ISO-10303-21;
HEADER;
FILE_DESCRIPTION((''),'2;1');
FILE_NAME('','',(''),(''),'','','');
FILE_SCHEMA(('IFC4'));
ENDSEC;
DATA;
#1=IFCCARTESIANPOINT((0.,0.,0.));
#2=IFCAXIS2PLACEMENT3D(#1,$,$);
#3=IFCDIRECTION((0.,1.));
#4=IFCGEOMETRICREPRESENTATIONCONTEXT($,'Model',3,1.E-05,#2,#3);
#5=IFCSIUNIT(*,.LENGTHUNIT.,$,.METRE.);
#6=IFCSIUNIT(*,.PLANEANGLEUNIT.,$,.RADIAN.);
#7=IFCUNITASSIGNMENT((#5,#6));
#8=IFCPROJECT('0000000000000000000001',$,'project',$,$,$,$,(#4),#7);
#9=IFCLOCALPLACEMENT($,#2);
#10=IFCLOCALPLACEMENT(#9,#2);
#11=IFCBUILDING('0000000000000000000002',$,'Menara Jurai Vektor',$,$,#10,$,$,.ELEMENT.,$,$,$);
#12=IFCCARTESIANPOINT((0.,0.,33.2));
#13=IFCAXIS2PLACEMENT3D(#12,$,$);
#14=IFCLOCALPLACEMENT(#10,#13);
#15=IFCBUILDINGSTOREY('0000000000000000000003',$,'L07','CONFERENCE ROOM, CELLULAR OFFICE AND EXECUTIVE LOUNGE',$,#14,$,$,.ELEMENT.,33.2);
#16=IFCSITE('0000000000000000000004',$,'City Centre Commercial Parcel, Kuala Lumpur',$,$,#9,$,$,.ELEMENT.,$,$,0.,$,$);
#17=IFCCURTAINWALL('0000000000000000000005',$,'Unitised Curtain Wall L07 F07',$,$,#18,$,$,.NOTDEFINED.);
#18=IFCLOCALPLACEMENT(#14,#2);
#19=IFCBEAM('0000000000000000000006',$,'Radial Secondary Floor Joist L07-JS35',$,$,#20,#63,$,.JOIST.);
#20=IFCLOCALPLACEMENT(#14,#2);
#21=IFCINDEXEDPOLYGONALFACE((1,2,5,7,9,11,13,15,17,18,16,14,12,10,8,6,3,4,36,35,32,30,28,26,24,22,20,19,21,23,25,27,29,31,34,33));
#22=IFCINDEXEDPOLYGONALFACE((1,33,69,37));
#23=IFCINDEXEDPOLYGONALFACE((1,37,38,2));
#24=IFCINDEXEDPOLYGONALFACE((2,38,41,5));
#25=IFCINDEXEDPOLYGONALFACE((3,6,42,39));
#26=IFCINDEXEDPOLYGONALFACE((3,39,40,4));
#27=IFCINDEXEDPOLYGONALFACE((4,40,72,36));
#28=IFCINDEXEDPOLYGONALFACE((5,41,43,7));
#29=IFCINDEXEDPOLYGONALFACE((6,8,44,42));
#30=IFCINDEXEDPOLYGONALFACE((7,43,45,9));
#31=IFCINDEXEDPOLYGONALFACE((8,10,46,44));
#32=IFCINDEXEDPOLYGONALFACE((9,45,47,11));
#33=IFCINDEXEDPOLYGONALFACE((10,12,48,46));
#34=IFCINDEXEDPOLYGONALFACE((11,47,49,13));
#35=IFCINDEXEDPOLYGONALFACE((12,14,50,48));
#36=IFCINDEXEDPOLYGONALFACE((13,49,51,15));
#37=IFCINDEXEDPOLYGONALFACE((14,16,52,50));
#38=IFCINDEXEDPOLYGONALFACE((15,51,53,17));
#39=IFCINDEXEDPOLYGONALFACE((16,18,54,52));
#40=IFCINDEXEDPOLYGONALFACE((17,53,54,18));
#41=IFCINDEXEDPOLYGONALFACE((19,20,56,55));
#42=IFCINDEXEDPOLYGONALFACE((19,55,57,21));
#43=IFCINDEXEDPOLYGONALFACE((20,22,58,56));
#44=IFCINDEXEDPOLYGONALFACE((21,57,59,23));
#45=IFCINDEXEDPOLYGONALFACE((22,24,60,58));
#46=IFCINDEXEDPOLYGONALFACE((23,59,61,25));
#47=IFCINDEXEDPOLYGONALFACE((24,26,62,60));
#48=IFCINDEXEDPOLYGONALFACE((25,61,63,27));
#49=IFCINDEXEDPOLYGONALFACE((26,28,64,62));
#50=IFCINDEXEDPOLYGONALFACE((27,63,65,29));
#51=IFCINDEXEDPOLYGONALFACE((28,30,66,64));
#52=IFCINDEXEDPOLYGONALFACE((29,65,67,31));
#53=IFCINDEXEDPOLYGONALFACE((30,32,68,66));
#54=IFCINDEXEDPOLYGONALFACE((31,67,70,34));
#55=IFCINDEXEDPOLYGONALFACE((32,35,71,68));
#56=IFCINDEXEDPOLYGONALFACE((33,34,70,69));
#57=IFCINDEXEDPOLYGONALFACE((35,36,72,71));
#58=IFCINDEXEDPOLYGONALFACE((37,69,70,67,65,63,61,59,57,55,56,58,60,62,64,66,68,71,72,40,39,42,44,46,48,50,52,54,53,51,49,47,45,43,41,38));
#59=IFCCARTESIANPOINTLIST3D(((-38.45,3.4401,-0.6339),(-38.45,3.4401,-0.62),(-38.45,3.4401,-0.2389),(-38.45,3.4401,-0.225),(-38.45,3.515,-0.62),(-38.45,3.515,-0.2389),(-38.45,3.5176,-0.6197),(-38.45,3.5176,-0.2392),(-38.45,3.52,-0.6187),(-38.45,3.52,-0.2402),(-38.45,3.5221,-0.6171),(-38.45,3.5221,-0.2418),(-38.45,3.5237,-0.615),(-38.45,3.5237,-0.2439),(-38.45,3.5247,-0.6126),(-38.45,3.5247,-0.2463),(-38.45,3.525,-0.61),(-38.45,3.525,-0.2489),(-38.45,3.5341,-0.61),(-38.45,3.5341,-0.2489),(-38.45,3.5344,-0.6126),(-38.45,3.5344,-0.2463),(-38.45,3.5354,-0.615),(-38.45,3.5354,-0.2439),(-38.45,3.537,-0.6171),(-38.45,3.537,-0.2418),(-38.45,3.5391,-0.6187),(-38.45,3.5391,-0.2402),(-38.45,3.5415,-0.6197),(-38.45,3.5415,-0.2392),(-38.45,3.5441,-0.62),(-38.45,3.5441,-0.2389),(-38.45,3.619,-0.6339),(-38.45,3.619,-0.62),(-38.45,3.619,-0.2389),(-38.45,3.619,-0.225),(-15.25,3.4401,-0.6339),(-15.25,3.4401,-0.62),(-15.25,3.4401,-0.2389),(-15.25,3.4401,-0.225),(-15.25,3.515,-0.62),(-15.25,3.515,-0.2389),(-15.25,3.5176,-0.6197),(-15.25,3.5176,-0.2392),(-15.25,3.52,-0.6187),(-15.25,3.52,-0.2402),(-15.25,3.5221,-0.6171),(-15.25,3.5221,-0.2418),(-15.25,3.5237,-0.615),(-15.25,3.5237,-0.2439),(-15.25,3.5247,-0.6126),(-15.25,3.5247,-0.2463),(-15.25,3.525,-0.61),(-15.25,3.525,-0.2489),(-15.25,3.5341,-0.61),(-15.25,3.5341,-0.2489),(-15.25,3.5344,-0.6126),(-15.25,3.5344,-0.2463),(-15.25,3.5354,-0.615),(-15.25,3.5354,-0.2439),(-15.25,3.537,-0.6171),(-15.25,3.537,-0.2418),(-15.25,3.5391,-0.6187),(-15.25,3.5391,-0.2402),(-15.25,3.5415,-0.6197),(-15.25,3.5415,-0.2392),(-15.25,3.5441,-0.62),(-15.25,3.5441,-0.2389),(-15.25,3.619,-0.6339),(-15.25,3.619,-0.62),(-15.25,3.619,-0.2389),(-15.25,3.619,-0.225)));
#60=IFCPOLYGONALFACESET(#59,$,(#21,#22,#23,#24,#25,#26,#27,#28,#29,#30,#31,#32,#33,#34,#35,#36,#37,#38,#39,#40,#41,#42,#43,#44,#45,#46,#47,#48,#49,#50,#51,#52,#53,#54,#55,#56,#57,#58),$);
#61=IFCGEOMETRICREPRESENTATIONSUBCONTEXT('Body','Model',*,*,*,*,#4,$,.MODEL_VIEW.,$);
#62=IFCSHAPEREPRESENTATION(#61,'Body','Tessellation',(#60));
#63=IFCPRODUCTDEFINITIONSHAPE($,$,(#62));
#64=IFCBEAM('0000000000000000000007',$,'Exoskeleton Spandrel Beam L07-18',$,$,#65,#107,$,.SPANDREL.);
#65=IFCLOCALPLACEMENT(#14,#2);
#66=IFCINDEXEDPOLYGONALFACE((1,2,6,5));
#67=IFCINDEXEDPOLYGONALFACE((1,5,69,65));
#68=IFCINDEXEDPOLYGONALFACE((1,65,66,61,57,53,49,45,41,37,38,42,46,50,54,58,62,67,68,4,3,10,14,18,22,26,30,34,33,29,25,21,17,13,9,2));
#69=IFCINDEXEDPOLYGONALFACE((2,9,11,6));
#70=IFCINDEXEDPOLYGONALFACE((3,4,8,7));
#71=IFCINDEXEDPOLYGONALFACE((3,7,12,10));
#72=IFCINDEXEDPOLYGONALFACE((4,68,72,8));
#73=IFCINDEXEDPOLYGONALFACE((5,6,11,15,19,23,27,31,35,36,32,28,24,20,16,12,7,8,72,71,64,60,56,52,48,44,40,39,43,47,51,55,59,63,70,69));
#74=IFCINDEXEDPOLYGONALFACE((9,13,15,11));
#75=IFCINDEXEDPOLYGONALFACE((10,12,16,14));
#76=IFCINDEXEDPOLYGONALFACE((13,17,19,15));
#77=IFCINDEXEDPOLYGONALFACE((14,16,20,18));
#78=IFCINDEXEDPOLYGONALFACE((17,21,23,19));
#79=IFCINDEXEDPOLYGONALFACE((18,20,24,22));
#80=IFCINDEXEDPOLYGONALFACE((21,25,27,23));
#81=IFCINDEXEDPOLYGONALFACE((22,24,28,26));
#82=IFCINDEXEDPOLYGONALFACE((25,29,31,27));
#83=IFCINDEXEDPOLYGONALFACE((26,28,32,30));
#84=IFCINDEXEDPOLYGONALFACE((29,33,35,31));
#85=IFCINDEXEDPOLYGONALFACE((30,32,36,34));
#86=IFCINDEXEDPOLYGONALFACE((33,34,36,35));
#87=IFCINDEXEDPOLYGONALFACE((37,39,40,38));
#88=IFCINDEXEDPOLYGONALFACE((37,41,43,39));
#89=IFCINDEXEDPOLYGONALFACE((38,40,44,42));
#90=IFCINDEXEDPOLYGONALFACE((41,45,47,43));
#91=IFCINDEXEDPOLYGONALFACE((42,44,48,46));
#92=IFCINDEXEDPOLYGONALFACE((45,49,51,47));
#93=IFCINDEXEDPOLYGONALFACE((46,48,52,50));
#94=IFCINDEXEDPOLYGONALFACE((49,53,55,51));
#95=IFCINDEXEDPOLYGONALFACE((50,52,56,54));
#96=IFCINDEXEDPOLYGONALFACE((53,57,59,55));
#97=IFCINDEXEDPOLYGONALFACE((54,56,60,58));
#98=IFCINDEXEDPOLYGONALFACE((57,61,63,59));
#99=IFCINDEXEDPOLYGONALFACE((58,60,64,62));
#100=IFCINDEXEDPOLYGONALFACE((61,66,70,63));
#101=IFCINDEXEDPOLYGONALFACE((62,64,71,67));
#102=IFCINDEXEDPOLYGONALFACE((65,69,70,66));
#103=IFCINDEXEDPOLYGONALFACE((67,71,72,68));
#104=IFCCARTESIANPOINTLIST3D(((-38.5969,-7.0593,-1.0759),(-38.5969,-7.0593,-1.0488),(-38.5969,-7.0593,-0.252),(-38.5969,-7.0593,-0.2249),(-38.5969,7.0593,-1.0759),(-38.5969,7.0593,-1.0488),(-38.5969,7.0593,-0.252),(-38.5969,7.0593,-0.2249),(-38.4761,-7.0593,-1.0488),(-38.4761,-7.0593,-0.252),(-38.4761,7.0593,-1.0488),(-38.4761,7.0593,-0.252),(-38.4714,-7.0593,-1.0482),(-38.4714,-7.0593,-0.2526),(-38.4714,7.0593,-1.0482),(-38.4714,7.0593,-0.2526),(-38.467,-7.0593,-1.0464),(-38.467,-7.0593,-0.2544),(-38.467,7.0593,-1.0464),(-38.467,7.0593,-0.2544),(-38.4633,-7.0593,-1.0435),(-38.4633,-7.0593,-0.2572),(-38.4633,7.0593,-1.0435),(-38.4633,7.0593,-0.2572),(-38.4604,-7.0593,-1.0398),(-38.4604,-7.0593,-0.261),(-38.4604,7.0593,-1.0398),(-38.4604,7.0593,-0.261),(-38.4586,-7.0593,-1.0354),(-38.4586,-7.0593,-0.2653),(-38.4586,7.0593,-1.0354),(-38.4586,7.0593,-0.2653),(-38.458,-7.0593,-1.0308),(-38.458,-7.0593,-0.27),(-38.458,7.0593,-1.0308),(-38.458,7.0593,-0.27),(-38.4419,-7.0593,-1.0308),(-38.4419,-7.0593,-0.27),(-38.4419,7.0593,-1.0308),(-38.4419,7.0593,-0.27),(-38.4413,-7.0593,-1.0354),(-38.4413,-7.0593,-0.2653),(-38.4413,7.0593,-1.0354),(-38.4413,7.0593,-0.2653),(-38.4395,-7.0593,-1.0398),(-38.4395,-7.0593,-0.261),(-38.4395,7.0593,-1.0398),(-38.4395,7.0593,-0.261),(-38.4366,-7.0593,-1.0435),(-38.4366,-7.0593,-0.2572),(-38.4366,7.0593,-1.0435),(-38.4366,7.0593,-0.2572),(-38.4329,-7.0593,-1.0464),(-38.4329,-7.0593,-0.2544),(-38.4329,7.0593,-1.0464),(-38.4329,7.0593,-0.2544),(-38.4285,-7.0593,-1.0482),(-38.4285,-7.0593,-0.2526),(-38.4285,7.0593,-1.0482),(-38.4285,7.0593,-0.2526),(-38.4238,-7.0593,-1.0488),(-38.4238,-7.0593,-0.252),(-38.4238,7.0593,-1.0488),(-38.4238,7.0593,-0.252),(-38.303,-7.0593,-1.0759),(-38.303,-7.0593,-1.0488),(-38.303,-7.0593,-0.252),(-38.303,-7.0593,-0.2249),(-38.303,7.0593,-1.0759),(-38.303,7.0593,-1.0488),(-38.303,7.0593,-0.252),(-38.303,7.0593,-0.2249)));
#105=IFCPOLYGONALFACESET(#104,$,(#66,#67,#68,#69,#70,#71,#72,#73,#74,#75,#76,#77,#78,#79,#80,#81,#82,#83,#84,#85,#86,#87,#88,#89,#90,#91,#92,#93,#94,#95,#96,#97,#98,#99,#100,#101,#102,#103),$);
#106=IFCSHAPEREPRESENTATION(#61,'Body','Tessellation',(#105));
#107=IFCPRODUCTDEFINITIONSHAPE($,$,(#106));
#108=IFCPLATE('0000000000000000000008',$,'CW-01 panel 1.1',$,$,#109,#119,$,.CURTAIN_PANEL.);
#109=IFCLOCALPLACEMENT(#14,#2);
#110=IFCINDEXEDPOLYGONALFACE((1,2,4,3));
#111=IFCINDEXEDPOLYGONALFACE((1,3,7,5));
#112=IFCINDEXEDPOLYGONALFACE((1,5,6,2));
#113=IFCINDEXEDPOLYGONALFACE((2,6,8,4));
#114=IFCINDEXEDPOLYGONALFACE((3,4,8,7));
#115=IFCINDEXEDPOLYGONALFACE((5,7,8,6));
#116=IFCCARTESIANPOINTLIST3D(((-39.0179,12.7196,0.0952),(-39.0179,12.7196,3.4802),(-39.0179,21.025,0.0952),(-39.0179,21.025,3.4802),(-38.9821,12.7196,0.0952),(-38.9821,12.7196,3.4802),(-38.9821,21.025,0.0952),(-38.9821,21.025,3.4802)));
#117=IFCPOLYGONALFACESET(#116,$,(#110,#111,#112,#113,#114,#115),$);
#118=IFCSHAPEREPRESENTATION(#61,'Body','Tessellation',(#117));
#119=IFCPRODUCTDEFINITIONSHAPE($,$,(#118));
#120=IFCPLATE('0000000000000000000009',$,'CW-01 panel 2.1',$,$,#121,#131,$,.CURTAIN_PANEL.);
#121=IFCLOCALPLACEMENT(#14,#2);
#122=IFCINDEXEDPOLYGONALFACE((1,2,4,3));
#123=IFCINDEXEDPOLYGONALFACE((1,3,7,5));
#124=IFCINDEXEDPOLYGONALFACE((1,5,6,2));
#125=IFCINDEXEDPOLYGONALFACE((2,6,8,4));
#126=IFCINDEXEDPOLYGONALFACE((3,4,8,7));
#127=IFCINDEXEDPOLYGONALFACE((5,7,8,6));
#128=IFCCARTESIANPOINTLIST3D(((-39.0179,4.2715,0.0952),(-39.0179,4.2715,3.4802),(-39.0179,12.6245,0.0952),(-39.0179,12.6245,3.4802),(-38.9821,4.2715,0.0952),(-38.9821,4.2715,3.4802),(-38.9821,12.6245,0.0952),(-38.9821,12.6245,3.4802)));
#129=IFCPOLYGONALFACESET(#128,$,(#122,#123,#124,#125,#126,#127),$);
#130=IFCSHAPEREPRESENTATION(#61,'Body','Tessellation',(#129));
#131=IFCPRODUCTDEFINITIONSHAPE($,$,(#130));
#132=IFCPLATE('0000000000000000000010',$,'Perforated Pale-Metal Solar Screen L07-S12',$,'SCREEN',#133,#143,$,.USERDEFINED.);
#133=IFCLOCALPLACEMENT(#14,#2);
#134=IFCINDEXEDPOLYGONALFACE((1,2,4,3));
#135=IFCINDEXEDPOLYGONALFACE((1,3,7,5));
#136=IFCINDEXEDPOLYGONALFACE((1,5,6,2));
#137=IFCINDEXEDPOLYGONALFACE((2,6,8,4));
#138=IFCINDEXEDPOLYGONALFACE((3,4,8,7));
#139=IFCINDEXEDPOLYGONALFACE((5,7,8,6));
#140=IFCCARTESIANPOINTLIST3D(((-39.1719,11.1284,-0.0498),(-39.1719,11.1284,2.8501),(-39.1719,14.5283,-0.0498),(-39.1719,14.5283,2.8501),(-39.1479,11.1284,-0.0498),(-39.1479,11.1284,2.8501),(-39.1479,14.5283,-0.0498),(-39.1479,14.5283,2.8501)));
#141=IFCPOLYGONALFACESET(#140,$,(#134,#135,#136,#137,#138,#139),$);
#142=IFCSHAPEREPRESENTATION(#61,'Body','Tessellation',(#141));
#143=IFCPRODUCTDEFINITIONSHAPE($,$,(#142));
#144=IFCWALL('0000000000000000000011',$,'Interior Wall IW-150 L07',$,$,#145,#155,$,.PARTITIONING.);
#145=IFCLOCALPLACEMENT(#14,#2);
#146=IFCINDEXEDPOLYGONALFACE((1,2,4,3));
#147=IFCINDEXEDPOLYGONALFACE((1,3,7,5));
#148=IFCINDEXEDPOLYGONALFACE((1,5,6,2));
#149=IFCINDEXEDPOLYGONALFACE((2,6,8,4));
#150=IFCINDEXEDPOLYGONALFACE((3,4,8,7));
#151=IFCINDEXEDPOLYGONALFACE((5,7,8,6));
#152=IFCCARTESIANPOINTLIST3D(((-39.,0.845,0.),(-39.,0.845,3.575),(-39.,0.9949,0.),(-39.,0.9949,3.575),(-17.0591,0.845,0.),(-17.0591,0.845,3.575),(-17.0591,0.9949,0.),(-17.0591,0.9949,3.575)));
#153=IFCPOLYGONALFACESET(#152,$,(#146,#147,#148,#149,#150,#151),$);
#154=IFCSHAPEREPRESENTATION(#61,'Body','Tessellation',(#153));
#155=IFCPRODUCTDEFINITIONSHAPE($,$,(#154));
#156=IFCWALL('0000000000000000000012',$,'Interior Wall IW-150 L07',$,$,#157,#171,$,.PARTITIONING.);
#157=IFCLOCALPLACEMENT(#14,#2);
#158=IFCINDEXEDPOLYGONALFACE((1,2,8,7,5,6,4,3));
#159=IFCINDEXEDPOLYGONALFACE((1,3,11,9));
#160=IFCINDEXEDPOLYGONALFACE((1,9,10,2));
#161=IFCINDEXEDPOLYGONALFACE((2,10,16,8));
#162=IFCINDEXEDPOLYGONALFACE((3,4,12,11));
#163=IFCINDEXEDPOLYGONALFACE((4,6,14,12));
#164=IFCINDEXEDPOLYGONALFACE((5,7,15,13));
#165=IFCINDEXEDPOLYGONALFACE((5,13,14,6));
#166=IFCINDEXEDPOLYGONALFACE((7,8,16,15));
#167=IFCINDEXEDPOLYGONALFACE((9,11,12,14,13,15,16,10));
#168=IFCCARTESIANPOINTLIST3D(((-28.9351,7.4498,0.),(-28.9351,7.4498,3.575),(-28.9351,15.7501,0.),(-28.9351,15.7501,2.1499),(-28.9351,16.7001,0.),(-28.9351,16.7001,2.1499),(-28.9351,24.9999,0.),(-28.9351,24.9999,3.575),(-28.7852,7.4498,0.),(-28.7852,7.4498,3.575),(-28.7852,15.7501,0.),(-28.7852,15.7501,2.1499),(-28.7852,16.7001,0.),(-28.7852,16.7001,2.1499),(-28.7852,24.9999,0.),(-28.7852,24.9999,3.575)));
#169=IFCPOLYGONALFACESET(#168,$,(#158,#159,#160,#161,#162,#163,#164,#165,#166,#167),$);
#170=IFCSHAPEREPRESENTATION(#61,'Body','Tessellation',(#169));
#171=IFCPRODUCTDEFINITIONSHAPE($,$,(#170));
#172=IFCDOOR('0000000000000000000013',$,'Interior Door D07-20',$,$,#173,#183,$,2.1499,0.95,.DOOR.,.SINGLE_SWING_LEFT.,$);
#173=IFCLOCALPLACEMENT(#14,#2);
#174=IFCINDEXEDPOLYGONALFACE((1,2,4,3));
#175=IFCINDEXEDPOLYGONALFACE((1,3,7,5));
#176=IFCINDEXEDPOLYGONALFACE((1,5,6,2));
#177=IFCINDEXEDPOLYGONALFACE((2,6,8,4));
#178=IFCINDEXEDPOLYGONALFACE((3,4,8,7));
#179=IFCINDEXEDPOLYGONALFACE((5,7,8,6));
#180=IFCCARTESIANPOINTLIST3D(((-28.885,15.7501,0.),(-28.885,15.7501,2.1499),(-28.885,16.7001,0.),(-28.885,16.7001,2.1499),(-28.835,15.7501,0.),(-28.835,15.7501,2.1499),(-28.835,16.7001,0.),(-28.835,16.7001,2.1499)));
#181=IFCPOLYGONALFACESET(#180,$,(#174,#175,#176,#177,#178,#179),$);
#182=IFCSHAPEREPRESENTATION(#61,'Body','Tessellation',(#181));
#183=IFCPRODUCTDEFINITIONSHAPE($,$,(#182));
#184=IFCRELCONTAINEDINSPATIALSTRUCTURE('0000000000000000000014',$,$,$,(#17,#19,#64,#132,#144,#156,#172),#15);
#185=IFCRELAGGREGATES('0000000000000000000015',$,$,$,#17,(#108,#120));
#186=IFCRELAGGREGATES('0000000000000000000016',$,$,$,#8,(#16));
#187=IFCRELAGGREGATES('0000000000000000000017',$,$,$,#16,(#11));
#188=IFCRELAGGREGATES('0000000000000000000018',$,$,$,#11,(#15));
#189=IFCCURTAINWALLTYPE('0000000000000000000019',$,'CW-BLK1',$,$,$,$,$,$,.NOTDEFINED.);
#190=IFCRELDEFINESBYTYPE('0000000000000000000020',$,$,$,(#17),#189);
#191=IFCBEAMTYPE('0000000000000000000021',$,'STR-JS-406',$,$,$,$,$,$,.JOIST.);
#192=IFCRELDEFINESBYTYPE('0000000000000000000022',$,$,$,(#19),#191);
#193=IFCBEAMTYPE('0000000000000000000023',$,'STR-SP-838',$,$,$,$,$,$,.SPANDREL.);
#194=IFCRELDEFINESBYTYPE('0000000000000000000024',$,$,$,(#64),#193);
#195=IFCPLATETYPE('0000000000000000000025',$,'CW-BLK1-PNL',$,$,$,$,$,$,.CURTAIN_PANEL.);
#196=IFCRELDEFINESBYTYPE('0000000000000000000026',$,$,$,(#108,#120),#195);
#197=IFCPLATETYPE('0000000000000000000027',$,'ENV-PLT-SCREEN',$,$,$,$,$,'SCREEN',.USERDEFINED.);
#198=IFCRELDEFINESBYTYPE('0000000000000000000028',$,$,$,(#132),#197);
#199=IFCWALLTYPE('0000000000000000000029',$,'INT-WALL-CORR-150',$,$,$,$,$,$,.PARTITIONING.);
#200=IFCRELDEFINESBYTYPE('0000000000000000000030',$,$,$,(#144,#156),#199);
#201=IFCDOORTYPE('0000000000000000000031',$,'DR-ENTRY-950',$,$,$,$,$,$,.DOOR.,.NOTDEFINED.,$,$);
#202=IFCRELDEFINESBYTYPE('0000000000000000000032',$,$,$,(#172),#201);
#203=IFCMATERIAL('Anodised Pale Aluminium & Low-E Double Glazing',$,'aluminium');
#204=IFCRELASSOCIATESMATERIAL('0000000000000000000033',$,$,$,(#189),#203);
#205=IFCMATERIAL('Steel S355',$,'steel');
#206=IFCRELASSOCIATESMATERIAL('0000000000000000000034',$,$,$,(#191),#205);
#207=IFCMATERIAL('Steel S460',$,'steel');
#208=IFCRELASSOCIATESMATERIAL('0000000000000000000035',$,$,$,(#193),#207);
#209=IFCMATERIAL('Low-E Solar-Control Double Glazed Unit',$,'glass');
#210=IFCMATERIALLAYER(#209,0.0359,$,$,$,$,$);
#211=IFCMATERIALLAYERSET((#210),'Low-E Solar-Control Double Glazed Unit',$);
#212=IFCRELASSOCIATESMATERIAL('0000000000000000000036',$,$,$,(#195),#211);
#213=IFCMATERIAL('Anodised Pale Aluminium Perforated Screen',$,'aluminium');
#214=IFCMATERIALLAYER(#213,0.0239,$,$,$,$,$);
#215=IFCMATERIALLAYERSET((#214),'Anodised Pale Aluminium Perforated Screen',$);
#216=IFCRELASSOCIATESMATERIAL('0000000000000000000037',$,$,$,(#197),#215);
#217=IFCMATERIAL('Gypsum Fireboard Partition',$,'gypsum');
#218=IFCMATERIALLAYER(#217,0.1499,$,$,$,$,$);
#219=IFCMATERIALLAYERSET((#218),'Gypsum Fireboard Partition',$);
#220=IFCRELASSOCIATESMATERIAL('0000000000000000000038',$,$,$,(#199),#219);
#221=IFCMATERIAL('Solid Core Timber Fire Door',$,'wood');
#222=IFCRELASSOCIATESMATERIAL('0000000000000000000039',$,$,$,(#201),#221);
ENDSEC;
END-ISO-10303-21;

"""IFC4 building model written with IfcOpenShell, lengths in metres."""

from ifc_helpers import new_model, si_unit, direction, frame, frame_2d, origin, origin_2d, place, context, subcontext, project, spatial, rectangle, i_section, extrude, material, layer, layer_set, material_profile, profile_set, type_object, element, fill, aggregate, save


model = new_model("IFC4")

# Units and contexts
model_context = context("Model", 3, precision=1e-05, world=origin(), true_north=direction((0.0, 1.0)))
body_context = subcontext(model_context, "Body", "Model", "MODEL_VIEW")
ifc_project = project(units=[si_unit("LENGTHUNIT", "METRE"), si_unit("PLANEANGLEUNIT", "RADIAN")], contexts=[model_context])

# Site, building, storey
site_placement = place(None, origin())
site = spatial("IfcSite", under=ifc_project, at=site_placement, Name="City Centre Commercial Parcel, Kuala Lumpur", CompositionType="ELEMENT", RefElevation=0.0)
building_placement = place(site_placement, origin())
building = spatial("IfcBuilding", under=site, at=building_placement, Name="Menara Jurai Vektor", CompositionType="ELEMENT")
storey_placement = place(building_placement, frame((0.0, 0.0, 33.2)))
storey = spatial("IfcBuildingStorey", under=building, at=storey_placement, Name="L07", Description="CONFERENCE ROOM, CELLULAR OFFICE AND EXECUTIVE LOUNGE", CompositionType="ELEMENT", Elevation=33.2)

# Shared definitions
ifc_material_1 = material(Name="Steel S460", Category="steel")

# Curtain wall
ifc_material_2 = material(Name="Anodised Pale Aluminium & Low-E Double Glazing", Category="aluminium")
curtain_wall_type = type_object("IfcCurtainWallType", Name="CW-BLK1", PredefinedType="NOTDEFINED", material=ifc_material_2)
curtain_wall_placement = place(storey_placement, origin())
curtain_wall = element("IfcCurtainWall", 1, at=curtain_wall_placement, inside=storey, type_object=curtain_wall_type, Name="Unitised Curtain Wall L07 F07", PredefinedType="NOTDEFINED")

# Beams
ifc_material_3 = material(Name="Steel S355", Category="steel")
ifc_material_profile_1 = material_profile(ifc_material_3, i_section(OverallWidth=0.179, OverallDepth=0.4089, WebThickness=0.009, FlangeThickness=0.0139, FilletRadius=0.01, at=origin_2d()), Name="UKB 406x178x67")
ifc_profile_set_1 = profile_set([ifc_material_profile_1], Name="Steel S355")
beam_type_1 = type_object("IfcBeamType", Name="STR-JS-406", PredefinedType="JOIST", material=ifc_profile_set_1)
beam_1_placement = place(storey_placement, frame((-38.45, 3.5295, -0.4294), z_axis=(1.0, 0.0, 0.0), x_axis=(0.0, 1.0, 0.0)))
element("IfcBeam", 2, at=beam_1_placement, inside=storey, type_object=beam_type_1, Name="Radial Secondary Floor Joist L07-JS35", PredefinedType="JOIST", context=body_context, shape_type="SweptSolid", body=[
    extrude(i_section(OverallWidth=0.179, OverallDepth=0.4089, WebThickness=0.009, FlangeThickness=0.0139, FilletRadius=0.01, at=origin_2d()), origin(), (0.0, 0.0, 1.0), 23.2),
])
ifc_material_profile_2 = material_profile(ifc_material_1, i_section(OverallWidth=0.2939, OverallDepth=0.8511, WebThickness=0.0161, FlangeThickness=0.0271, FilletRadius=0.0181, at=origin_2d()), Name="UKB 838x292x226")
ifc_profile_set_2 = profile_set([ifc_material_profile_2], Name="Steel S460")
beam_type_2 = type_object("IfcBeamType", Name="STR-SP-838", PredefinedType="SPANDREL", material=ifc_profile_set_2)
beam_2_placement = place(storey_placement, frame((-38.45, 7.0593, -0.6504), z_axis=(0.0, -1.0, 0.0), x_axis=(1.0, 0.0, 0.0)))
element("IfcBeam", 3, at=beam_2_placement, inside=storey, type_object=beam_type_2, Name="Exoskeleton Spandrel Beam L07-18", PredefinedType="SPANDREL", context=body_context, shape_type="SweptSolid", body=[
    extrude(i_section(OverallWidth=0.2939, OverallDepth=0.8511, WebThickness=0.0161, FlangeThickness=0.0271, FilletRadius=0.0181, at=origin_2d()), origin(), (0.0, 0.0, 1.0), 14.1187),
])

# Plates
ifc_material_4 = material(Name="Low-E Solar-Control Double Glazed Unit", Category="glass")
ifc_layer_1 = layer(ifc_material_4, 0.0359)
ifc_layer_set_1 = layer_set([ifc_layer_1], Name="Low-E Solar-Control Double Glazed Unit")
plate_type_1 = type_object("IfcPlateType", Name="CW-BLK1-PNL", PredefinedType="CURTAIN_PANEL", material=ifc_layer_set_1)
plate_1_placement = place(storey_placement, frame((-39.0, 16.8723, 0.0952), z_axis=(0.0, 0.0, 1.0), x_axis=(0.0, -1.0, 0.0)))
plate_1 = element("IfcPlate", 4, at=plate_1_placement, type_object=plate_type_1, Name="CW-01 panel 1.1", PredefinedType="CURTAIN_PANEL", context=body_context, shape_type="SweptSolid", body=[
    extrude(rectangle(XDim=8.3054, YDim=0.0359, at=origin_2d()), origin(), (0.0, 0.0, 1.0), 3.385),
])
plate_2_placement = place(storey_placement, frame((-39.0, 8.448, 0.0952), z_axis=(0.0, 0.0, 1.0), x_axis=(0.0, -1.0, 0.0)))
plate_2 = element("IfcPlate", 5, at=plate_2_placement, type_object=plate_type_1, Name="CW-01 panel 2.1", PredefinedType="CURTAIN_PANEL", context=body_context, shape_type="SweptSolid", body=[
    extrude(rectangle(XDim=8.353, YDim=0.0359, at=origin_2d()), origin(), (0.0, 0.0, 1.0), 3.385),
])
aggregate(curtain_wall, [plate_1, plate_2])
ifc_material_5 = material(Name="Anodised Pale Aluminium Perforated Screen", Category="aluminium")
ifc_layer_2 = layer(ifc_material_5, 0.0239)
ifc_layer_set_2 = layer_set([ifc_layer_2], Name="Anodised Pale Aluminium Perforated Screen")
plate_type_2 = type_object("IfcPlateType", Name="ENV-PLT-SCREEN", ElementType="SCREEN", PredefinedType="USERDEFINED", material=ifc_layer_set_2)
plate_3_placement = place(storey_placement, frame((-39.1599, 12.8284, -0.0498), z_axis=(0.0, 0.0, 1.0), x_axis=(0.0, -1.0, 0.0)))
element("IfcPlate", 6, at=plate_3_placement, inside=storey, type_object=plate_type_2, Name="Perforated Pale-Metal Solar Screen L07-S12", ObjectType="SCREEN", PredefinedType="USERDEFINED", context=body_context, shape_type="SweptSolid", body=[
    extrude(rectangle(XDim=3.3999, YDim=0.0239, at=origin_2d()), origin(), (0.0, 0.0, 1.0), 2.8999),
])

# Wall
ifc_material_6 = material(Name="Gypsum Fireboard Partition", Category="gypsum")
ifc_layer_3 = layer(ifc_material_6, 0.1499)
ifc_layer_set_3 = layer_set([ifc_layer_3], Name="Gypsum Fireboard Partition")
wall_type_1 = type_object("IfcWallType", Name="INT-WALL-CORR-150", PredefinedType="PARTITIONING", material=ifc_layer_set_3)
wall_1_placement = place(storey_placement, frame((-39.0, 0.9199, 0.0), z_axis=(0.0, 0.0, 1.0), x_axis=(1.0, 0.0, 0.0)))
element("IfcWall", 7, at=wall_1_placement, inside=storey, type_object=wall_type_1, Name="Interior Wall IW-150 L07", PredefinedType="PARTITIONING", context=body_context, shape_type="SweptSolid", body=[
    extrude(rectangle(XDim=21.9409, YDim=0.1499, at=frame_2d((10.9705, 0.0))), origin(), (0.0, 0.0, 1.0), 3.575),
])

# Wall, opening, door
wall_2_placement = place(storey_placement, frame((-28.8601, 7.45, 0.0), z_axis=(0.0, 0.0, 1.0), x_axis=(0.0, 1.0, 0.0)))
wall_2 = element("IfcWall", 8, at=wall_2_placement, inside=storey, type_object=wall_type_1, Name="Interior Wall IW-150 L07", PredefinedType="PARTITIONING", context=body_context, shape_type="SweptSolid", body=[
    extrude(rectangle(XDim=17.55, YDim=0.1499, at=frame_2d((8.7749, 0.0))), origin(), (0.0, 0.0, 1.0), 3.575),
])
opening_1_placement = place(wall_2_placement, frame((8.3, 0.0, 0.0)))
opening_1 = element("IfcOpeningElement", 9, at=opening_1_placement, cuts=wall_2, PredefinedType="OPENING", context=body_context, shape_type="SweptSolid", body=[
    extrude(rectangle(XDim=0.95, YDim=2.1499, at=frame_2d((0.4751, 1.075))), frame((0.0, 0.085, 0.0), z_axis=(0.0, -1.0, 0.0), x_axis=(1.0, 0.0, 0.0)), (0.0, 0.0, 1.0), 0.1699),
])
ifc_material_7 = material(Name="Solid Core Timber Fire Door", Category="wood")
door_type = type_object("IfcDoorType", Name="DR-ENTRY-950", OperationType="NOTDEFINED", PredefinedType="DOOR", material=ifc_material_7)
door_1_placement = place(opening_1_placement, origin())
door_1 = element("IfcDoor", 10, at=door_1_placement, inside=storey, type_object=door_type, Name="Interior Door D07-20", OperationType="SINGLE_SWING_LEFT", OverallHeight=2.1499, OverallWidth=0.95, PredefinedType="DOOR", context=body_context, shape_type="SweptSolid", body=[
    extrude(rectangle(XDim=0.95, YDim=2.1499, at=frame_2d((0.4751, 1.075))), frame((0.0, 0.0249, 0.0), z_axis=(0.0, -1.0, 0.0), x_axis=(1.0, 0.0, 0.0)), (0.0, 0.0, 1.0), 0.05),
])
fill(opening_1, door_1)

save(model, "model.ifc")
